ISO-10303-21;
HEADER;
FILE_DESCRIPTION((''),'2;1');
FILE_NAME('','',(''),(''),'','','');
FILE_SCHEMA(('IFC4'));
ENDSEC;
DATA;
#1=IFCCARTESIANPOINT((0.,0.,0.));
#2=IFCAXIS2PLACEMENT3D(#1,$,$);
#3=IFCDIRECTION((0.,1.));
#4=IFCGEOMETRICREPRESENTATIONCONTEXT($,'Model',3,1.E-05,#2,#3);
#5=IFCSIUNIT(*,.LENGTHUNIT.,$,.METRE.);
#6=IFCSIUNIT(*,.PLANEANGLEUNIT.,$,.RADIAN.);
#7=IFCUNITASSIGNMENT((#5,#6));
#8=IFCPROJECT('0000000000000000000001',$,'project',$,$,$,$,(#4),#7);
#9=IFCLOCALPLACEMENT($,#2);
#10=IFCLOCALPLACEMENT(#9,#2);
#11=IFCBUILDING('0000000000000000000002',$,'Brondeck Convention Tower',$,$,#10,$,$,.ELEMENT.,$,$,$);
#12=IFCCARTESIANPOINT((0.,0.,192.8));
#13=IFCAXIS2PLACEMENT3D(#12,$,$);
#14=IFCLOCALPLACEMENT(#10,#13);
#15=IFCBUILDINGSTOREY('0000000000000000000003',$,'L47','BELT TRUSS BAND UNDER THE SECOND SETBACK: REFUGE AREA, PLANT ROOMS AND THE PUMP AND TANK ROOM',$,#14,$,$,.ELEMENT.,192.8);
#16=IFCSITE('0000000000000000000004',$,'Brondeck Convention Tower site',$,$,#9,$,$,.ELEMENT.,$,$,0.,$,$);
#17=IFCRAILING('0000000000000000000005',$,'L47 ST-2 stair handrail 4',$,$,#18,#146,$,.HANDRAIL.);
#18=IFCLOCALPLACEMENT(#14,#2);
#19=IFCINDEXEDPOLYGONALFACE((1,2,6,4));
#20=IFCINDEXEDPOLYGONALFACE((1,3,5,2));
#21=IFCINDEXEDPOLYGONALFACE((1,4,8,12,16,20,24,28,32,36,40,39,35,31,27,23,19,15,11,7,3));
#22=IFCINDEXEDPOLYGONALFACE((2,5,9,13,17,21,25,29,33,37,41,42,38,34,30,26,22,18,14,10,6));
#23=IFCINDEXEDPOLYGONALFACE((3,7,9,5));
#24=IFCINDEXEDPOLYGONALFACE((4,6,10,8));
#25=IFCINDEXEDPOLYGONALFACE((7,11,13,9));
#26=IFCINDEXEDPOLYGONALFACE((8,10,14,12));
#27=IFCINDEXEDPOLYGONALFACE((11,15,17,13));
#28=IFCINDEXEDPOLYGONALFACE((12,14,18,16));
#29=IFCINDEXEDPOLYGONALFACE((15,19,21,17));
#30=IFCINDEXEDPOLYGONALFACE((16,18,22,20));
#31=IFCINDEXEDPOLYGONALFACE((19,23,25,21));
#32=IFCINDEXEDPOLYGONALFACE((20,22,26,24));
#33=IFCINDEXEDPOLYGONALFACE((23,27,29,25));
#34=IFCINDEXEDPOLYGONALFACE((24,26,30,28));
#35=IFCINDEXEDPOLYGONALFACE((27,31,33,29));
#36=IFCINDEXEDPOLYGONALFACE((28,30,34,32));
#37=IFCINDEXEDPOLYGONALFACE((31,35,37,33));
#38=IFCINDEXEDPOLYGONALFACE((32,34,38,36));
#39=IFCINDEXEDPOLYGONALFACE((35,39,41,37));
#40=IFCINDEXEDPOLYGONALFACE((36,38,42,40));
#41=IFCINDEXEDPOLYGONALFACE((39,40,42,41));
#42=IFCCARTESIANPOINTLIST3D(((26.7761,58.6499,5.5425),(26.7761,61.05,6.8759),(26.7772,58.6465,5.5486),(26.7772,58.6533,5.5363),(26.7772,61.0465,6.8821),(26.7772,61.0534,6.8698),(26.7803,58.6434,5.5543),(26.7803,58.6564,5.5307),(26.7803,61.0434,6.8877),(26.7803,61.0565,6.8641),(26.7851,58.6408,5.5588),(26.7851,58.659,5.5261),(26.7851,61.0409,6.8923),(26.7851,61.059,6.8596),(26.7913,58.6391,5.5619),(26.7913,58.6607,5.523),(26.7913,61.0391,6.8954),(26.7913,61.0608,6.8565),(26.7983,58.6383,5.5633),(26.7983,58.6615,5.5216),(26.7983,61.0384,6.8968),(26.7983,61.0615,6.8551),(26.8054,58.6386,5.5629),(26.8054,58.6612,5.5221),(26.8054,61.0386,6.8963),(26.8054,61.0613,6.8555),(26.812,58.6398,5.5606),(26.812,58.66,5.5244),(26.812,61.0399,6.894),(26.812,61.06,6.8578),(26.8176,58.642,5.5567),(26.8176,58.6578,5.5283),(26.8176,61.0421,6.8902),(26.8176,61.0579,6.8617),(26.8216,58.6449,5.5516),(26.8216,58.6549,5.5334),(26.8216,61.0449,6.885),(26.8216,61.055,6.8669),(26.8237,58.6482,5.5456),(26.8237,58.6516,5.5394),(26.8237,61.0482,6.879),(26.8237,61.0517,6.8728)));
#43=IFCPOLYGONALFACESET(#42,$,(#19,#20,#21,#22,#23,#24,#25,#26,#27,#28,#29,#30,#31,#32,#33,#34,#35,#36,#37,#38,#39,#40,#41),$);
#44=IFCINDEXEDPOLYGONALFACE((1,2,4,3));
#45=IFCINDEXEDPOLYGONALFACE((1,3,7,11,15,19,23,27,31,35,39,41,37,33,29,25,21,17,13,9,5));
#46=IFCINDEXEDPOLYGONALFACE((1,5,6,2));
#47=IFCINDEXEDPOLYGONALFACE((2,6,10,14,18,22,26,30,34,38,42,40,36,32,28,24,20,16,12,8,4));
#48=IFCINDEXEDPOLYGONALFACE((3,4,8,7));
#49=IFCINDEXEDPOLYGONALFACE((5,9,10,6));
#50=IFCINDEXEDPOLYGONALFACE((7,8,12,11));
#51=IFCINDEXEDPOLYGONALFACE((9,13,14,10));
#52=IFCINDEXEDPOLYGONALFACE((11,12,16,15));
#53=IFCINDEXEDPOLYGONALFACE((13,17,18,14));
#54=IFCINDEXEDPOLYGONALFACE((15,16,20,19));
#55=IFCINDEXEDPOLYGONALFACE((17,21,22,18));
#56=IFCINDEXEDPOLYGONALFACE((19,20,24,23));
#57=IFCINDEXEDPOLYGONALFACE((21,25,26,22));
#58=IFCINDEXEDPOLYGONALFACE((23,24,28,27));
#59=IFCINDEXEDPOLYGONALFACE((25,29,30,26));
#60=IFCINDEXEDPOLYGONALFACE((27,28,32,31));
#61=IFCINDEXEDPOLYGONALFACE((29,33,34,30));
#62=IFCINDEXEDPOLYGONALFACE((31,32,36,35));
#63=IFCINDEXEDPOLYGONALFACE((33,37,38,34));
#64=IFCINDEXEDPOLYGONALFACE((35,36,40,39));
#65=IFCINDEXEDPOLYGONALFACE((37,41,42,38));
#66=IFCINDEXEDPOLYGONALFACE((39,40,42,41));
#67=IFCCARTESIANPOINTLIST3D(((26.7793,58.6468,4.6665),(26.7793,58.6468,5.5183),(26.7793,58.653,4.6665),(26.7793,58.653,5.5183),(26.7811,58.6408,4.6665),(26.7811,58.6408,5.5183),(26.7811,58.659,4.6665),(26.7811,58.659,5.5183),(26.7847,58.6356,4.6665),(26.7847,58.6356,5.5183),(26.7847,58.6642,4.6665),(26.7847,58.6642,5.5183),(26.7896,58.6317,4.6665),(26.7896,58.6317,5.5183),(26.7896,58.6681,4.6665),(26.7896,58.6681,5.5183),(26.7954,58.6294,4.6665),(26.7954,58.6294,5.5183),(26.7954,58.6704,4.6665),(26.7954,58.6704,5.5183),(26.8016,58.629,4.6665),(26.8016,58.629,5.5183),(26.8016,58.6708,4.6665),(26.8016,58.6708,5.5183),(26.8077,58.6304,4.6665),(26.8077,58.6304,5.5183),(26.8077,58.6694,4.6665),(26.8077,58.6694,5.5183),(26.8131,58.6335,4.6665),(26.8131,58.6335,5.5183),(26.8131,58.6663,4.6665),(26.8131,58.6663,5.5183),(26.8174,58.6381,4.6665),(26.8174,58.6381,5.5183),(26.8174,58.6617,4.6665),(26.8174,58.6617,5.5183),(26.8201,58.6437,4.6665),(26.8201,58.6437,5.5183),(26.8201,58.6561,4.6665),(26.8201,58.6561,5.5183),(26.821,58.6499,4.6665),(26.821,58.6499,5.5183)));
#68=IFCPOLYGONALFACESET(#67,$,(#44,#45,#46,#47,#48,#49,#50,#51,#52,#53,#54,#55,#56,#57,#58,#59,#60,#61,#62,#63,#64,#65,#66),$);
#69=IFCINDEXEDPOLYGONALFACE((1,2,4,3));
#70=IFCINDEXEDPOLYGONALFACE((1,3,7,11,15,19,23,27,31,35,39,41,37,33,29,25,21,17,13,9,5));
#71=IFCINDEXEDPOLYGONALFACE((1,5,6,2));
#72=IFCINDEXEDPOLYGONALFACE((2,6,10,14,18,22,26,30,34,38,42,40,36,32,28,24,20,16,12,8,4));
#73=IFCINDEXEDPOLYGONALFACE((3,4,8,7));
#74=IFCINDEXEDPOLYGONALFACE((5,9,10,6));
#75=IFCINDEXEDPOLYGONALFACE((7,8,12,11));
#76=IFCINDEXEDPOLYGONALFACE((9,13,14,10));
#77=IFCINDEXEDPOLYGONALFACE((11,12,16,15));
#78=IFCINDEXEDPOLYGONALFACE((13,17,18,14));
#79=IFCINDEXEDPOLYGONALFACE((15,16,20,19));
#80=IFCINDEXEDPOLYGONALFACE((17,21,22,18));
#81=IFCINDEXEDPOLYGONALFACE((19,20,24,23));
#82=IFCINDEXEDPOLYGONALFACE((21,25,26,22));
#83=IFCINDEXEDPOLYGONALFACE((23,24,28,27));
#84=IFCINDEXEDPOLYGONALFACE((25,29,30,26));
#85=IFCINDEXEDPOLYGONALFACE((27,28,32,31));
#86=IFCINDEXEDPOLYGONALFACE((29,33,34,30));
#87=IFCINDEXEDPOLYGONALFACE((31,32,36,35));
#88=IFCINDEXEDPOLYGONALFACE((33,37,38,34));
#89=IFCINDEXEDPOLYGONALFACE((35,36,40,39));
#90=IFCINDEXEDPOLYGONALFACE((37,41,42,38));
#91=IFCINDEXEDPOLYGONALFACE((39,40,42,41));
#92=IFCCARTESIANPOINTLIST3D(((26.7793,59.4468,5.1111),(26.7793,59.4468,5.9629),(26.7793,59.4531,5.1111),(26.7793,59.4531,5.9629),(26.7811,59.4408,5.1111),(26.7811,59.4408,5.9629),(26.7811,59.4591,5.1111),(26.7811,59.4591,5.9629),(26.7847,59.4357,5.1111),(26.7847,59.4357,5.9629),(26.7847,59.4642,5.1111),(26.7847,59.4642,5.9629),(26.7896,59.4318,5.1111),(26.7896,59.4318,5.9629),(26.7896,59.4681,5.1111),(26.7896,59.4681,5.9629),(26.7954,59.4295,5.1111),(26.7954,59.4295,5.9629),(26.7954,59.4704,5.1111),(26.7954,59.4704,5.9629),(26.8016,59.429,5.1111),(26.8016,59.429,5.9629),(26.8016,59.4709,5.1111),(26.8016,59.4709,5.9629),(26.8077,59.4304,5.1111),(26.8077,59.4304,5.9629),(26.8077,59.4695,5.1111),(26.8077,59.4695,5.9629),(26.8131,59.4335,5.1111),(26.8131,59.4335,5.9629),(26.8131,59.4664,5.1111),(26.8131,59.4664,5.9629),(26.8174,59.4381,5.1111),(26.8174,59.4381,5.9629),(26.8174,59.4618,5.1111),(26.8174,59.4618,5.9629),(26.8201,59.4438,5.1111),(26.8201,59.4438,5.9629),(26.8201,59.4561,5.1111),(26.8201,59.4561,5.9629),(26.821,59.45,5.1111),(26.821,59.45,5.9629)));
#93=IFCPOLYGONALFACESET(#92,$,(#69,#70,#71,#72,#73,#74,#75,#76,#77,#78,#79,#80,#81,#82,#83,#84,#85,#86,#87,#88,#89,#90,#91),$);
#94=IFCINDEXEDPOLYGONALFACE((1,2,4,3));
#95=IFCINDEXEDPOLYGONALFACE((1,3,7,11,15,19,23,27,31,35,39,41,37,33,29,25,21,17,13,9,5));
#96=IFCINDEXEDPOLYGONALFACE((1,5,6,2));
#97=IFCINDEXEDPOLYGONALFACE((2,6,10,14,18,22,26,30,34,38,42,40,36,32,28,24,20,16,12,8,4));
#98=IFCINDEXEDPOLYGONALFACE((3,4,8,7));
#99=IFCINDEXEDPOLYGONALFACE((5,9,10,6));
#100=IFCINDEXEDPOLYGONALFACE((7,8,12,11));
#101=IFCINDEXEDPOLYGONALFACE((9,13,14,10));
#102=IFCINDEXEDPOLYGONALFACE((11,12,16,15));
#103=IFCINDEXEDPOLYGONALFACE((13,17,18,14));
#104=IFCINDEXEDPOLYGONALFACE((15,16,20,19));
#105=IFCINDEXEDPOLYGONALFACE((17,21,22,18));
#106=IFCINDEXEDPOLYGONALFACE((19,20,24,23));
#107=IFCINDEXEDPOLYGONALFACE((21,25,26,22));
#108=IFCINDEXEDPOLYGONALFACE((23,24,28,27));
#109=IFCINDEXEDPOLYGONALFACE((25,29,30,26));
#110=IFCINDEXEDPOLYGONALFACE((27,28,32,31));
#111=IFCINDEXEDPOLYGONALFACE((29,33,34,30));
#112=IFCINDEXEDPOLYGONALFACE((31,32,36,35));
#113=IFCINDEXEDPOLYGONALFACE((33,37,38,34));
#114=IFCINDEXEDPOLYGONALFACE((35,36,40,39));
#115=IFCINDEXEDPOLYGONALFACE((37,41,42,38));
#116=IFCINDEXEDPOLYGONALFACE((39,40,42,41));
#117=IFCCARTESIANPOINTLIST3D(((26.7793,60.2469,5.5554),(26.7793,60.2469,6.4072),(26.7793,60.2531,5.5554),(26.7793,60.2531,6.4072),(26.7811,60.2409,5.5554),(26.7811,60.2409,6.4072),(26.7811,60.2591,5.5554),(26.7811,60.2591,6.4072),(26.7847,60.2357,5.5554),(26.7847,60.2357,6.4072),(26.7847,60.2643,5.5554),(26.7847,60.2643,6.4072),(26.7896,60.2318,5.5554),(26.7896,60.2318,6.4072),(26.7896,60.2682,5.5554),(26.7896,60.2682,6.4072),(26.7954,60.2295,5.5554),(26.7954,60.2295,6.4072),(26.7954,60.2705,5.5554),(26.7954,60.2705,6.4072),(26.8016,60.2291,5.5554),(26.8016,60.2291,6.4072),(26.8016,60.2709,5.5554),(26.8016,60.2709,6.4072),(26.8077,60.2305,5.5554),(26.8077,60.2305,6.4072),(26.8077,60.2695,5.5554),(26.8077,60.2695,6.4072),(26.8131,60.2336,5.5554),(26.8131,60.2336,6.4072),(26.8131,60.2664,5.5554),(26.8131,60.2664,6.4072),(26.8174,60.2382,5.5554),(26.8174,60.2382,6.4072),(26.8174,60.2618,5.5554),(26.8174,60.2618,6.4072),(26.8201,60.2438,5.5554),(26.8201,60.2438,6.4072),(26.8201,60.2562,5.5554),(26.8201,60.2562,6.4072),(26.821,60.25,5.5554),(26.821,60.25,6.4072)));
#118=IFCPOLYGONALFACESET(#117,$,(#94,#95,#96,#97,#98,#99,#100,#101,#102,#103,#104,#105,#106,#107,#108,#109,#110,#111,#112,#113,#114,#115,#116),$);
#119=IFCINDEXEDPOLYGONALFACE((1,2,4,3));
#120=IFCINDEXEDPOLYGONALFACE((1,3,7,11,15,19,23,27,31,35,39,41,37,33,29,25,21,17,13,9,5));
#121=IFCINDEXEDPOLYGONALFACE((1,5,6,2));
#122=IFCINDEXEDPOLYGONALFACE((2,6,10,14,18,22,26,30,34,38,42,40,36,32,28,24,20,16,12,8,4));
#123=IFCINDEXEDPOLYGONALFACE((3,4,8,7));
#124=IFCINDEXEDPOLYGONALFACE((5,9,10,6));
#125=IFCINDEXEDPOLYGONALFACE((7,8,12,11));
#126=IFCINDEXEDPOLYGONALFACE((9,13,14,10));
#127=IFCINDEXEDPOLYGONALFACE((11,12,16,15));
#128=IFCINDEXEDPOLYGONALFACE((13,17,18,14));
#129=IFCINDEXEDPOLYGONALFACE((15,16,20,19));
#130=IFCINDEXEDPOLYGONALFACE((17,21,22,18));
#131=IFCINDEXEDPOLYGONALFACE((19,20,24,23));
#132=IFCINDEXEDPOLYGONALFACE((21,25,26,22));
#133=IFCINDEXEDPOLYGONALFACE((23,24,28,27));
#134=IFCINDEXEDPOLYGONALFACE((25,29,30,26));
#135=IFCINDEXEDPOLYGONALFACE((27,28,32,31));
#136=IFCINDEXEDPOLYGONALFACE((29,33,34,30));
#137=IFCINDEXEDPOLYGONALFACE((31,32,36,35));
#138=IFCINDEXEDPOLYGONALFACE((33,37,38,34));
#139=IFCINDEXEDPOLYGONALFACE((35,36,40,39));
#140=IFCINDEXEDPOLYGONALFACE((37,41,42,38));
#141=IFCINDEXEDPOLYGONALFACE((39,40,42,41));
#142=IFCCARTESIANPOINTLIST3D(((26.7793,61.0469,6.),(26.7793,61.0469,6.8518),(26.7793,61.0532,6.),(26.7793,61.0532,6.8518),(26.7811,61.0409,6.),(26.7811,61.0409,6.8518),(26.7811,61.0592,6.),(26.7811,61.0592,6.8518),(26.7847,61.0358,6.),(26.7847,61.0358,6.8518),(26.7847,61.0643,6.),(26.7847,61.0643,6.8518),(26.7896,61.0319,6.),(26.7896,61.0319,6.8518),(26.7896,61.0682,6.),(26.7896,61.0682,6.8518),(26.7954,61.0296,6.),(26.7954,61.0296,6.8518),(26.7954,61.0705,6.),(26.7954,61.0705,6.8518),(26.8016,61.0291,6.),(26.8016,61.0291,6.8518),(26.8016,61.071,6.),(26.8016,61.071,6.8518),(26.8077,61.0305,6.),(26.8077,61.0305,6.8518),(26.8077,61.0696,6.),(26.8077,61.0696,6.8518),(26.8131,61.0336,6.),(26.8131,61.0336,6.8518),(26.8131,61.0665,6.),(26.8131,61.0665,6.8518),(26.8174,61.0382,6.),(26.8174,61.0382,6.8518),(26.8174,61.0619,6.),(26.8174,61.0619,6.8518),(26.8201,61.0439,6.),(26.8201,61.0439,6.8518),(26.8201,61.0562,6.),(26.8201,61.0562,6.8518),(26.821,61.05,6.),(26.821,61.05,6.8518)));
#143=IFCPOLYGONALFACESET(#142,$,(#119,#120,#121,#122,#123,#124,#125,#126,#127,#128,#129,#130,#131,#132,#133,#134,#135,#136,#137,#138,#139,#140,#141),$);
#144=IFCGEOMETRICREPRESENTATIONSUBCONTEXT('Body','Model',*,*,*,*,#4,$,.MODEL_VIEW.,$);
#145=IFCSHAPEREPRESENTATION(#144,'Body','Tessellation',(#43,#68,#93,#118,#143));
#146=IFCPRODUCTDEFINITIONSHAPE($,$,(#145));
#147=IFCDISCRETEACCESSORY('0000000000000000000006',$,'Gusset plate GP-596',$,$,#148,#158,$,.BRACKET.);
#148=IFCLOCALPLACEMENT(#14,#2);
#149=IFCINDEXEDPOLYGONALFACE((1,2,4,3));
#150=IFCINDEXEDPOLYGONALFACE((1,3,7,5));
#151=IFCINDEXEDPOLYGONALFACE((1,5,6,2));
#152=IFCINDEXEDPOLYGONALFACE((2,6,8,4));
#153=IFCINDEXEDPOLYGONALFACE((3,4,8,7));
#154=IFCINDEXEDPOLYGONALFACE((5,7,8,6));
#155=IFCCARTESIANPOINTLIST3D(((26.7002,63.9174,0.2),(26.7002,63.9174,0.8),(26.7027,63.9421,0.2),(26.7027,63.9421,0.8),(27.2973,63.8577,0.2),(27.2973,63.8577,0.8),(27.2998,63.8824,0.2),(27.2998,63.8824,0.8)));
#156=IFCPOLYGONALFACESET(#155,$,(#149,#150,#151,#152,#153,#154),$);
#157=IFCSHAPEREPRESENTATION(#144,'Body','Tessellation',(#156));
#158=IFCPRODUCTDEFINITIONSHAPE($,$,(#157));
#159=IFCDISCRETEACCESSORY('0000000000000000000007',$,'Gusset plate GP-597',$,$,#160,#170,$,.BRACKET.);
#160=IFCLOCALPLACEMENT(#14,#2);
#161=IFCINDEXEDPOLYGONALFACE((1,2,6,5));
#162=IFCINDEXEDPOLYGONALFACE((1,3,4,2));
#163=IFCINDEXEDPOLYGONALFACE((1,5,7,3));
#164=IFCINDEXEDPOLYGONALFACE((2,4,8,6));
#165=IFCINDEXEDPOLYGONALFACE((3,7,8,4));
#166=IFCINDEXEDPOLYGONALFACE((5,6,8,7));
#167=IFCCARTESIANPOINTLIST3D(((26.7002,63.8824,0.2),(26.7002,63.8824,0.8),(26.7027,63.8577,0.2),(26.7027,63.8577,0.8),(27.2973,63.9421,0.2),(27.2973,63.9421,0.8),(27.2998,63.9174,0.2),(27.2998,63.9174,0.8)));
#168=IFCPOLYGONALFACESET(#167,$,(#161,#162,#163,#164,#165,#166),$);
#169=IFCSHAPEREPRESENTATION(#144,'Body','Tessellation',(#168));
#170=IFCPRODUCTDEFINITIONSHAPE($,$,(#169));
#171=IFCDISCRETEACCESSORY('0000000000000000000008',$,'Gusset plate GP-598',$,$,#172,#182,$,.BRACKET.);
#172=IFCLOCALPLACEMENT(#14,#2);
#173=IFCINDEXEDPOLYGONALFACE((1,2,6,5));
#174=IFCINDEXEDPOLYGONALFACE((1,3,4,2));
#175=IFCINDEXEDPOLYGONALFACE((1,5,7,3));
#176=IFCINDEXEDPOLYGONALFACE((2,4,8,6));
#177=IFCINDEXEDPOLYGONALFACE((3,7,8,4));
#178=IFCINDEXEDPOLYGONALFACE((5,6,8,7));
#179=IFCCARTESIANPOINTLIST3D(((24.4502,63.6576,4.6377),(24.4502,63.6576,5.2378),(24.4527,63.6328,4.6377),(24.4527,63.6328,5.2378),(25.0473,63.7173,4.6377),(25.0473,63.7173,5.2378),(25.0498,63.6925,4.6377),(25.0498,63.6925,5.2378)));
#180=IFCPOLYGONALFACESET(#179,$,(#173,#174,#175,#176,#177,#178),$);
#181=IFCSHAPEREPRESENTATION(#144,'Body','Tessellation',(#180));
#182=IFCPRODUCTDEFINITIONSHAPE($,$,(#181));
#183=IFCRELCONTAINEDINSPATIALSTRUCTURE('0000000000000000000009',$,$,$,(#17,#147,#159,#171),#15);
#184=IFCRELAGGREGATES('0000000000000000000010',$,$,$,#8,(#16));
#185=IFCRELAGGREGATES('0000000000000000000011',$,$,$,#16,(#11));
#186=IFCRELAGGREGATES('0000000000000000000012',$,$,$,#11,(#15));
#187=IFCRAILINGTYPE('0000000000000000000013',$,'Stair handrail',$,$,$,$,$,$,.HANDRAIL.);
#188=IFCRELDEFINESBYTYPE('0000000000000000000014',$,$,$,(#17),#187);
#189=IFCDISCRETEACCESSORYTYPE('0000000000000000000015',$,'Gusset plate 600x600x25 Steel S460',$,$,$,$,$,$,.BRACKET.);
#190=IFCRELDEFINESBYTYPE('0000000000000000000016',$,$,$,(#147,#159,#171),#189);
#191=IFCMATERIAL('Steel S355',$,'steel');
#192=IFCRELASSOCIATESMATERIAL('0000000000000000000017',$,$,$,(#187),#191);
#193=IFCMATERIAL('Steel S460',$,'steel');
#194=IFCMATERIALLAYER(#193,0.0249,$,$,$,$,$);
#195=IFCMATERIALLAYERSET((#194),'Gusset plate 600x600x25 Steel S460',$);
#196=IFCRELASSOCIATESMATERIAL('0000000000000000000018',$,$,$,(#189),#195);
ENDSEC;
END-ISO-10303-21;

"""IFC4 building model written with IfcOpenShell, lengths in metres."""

from ifc_helpers import new_model, si_unit, direction, frame, origin, origin_2d, place, context, subcontext, project, spatial, rectangle, circle, extrude, material, layer, layer_set, type_object, element, save


model = new_model("IFC4")

# Units and contexts
model_context = context("Model", 3, precision=1e-05, world=origin(), true_north=direction((0.0, 1.0)))
body_context = subcontext(model_context, "Body", "Model", "MODEL_VIEW")
ifc_project = project(units=[si_unit("LENGTHUNIT", "METRE"), si_unit("PLANEANGLEUNIT", "RADIAN")], contexts=[model_context])

# Site, building, storey
site_placement = place(None, origin())
site = spatial("IfcSite", under=ifc_project, at=site_placement, Name="Brondeck Convention Tower site", CompositionType="ELEMENT", RefElevation=0.0)
building_placement = place(site_placement, origin())
building = spatial("IfcBuilding", under=site, at=building_placement, Name="Brondeck Convention Tower", CompositionType="ELEMENT")
storey_placement = place(building_placement, frame((0.0, 0.0, 192.8)))
storey = spatial("IfcBuildingStorey", under=building, at=storey_placement, Name="L47", Description="BELT TRUSS BAND UNDER THE SECOND SETBACK: REFUGE AREA, PLANT ROOMS AND THE PUMP AND TANK ROOM", CompositionType="ELEMENT", Elevation=192.8)

# Shared definitions
ifc_material_1 = material(Name="Steel S460", Category="steel")

# Shared definitions
ifc_material_2 = material(Name="Steel S355", Category="steel")

# Railing
railing_type_1 = type_object("IfcRailingType", Name="Stair handrail", PredefinedType="HANDRAIL", material=ifc_material_2)
railing_1_placement = place(storey_placement, frame((26.8, 58.6499, 4.6665)))
element("IfcRailing", 1, at=railing_1_placement, inside=storey, type_object=railing_type_1, Name="L47 ST-2 stair handrail 4", PredefinedType="HANDRAIL", context=body_context, shape_type="SweptSolid", body=[
    extrude(circle(Radius=0.0239, at=origin_2d()), frame((0.0, 0.0, 0.876), z_axis=(0.0, 0.874145, 0.485666), x_axis=(-1.0, 0.0, 0.0)), (0.0, 0.0, 1.0), 2.7456),
    extrude(circle(Radius=0.021, at=origin_2d()), origin(), (0.0, 0.0, 1.0), 0.8518),
    extrude(circle(Radius=0.021, at=origin_2d()), frame((0.0, 0.8, 0.4446)), (0.0, 0.0, 1.0), 0.8518),
    extrude(circle(Radius=0.021, at=origin_2d()), frame((0.0, 1.6001, 0.8889)), (0.0, 0.0, 1.0), 0.8518),
    extrude(circle(Radius=0.021, at=origin_2d()), frame((0.0, 2.4001, 1.3335)), (0.0, 0.0, 1.0), 0.8518),
])

# Discrete accessories
ifc_layer_1 = layer(ifc_material_1, 0.0249)
ifc_layer_set_1 = layer_set([ifc_layer_1], Name="Gusset plate 600x600x25 Steel S460")
discrete_accessory_type = type_object("IfcDiscreteAccessoryType", Name="Gusset plate 600x600x25 Steel S460", PredefinedType="BRACKET", material=ifc_layer_set_1)
for number, where, z_axis, x_axis, name in (
    (2, (27.0, 63.8999, 0.2), (0.0, 0.0, 1.0), (-0.995036, 0.099511, 0.0), "Gusset plate GP-596"),
    (3, (27.0, 63.8999, 0.2), (0.0, 0.0, 1.0), (0.995036, 0.099511, 0.0), "Gusset plate GP-597"),
    (4, (24.75, 63.675, 4.6377), (0.0, 0.0, 1.0), (0.995036, 0.099511, 0.0), "Gusset plate GP-598"),
):
    element("IfcDiscreteAccessory", number, at=place(storey_placement, frame(where, z_axis=z_axis, x_axis=x_axis)), inside=storey, type_object=discrete_accessory_type, Name=name, PredefinedType="BRACKET", context=body_context, shape_type="SweptSolid", body=[
        extrude(rectangle(XDim=0.6001, YDim=0.0249, at=origin_2d()), origin(), (0.0, 0.0, 1.0), 0.6001),
    ])

save(model, "model.ifc")
